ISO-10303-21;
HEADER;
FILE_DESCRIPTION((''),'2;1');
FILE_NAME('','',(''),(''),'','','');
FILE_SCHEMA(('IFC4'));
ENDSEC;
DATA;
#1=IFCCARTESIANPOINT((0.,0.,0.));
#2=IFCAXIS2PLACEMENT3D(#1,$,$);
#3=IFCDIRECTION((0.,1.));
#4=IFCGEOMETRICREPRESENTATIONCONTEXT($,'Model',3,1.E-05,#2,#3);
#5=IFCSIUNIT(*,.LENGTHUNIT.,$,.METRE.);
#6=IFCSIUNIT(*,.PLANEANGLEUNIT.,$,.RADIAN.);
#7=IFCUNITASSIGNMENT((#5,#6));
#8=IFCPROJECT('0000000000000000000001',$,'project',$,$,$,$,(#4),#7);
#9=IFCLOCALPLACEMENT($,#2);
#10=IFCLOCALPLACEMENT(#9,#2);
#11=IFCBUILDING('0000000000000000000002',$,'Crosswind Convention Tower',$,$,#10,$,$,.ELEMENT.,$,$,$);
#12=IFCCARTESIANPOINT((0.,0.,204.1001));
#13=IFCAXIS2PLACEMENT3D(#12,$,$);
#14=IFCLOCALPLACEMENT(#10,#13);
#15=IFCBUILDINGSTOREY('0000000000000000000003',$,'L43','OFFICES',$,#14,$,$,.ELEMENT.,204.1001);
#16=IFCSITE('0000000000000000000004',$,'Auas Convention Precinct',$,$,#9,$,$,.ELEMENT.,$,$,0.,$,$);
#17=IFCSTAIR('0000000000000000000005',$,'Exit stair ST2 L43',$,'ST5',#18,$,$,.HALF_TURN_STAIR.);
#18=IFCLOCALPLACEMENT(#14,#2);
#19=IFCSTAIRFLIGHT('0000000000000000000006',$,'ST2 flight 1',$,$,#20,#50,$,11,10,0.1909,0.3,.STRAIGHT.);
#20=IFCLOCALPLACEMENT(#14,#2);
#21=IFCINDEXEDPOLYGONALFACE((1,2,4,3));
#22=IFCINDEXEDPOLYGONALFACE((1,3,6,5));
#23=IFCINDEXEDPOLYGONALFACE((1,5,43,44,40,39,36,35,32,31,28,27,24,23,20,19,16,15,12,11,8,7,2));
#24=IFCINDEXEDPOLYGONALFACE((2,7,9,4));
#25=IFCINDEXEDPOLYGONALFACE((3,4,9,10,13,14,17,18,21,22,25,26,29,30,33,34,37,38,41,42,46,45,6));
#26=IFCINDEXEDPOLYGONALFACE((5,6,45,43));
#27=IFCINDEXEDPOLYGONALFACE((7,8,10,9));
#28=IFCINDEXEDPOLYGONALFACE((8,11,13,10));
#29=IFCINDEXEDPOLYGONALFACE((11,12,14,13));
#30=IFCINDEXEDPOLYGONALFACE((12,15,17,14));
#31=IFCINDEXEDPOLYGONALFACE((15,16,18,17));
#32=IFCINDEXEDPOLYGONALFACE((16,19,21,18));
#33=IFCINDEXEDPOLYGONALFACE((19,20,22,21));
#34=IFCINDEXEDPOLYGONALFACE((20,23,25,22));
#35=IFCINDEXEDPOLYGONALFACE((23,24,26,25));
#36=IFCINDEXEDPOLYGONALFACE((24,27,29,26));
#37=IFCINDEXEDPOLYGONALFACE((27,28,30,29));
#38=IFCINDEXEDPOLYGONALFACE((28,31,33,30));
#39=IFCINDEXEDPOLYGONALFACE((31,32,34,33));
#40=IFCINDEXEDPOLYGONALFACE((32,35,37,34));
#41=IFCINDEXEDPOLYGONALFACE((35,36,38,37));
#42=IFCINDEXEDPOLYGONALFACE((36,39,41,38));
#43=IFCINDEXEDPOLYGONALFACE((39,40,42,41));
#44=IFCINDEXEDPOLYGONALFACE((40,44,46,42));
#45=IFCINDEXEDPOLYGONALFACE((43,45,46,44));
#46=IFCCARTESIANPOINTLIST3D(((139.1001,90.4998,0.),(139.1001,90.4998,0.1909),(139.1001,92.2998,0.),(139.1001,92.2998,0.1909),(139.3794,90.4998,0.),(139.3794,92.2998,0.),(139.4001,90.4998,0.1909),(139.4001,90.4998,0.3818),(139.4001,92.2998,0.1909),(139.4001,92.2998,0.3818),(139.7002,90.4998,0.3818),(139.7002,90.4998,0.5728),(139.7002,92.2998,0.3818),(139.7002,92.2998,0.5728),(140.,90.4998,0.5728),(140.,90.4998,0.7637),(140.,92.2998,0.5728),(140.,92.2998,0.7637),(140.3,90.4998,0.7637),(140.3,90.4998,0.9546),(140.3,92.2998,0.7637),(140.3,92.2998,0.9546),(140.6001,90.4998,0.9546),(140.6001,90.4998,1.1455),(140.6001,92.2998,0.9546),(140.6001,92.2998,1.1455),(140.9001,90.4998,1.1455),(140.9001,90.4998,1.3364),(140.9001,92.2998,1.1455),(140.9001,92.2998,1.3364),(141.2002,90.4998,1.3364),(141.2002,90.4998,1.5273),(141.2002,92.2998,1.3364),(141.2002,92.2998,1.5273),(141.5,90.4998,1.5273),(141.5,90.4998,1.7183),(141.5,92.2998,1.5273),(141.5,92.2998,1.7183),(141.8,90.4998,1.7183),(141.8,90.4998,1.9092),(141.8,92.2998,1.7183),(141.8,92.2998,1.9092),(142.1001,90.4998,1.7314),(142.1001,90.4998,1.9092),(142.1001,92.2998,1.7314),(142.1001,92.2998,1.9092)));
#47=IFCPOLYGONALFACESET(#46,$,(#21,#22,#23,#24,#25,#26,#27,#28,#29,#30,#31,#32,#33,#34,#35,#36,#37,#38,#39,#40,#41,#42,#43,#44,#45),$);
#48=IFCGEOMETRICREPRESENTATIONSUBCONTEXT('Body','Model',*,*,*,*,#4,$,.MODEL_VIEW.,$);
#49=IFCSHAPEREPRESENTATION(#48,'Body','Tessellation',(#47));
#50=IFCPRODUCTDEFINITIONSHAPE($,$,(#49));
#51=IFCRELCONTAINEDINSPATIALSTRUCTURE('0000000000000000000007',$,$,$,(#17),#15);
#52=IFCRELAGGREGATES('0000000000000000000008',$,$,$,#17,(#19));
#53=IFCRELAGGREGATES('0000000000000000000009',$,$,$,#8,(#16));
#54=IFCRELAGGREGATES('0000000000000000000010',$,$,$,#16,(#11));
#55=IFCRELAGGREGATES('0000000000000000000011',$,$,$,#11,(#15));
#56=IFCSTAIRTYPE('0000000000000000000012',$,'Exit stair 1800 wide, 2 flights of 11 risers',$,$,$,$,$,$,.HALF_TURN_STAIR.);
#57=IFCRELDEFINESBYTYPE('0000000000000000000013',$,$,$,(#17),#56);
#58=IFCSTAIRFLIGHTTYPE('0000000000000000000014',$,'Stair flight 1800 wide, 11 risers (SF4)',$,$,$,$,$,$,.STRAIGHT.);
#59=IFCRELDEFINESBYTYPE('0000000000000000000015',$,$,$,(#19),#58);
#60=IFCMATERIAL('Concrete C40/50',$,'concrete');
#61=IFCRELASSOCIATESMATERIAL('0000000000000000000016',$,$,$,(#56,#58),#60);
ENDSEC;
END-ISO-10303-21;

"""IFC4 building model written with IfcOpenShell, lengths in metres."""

from ifc_helpers import new_model, si_unit, direction, frame, origin, place, context, subcontext, project, spatial, polyline, outline, extrude, material, type_object, element, aggregate, save


model = new_model("IFC4")

# Units and contexts
model_context = context("Model", 3, precision=1e-05, world=origin(), true_north=direction((0.0, 1.0)))
body_context = subcontext(model_context, "Body", "Model", "MODEL_VIEW")
ifc_project = project(units=[si_unit("LENGTHUNIT", "METRE"), si_unit("PLANEANGLEUNIT", "RADIAN")], contexts=[model_context])

# Site, building, storey
site_placement = place(None, origin())
site = spatial("IfcSite", under=ifc_project, at=site_placement, Name="Auas Convention Precinct", CompositionType="ELEMENT", RefElevation=0.0)
building_placement = place(site_placement, origin())
building = spatial("IfcBuilding", under=site, at=building_placement, Name="Crosswind Convention Tower", CompositionType="ELEMENT")
storey_placement = place(building_placement, frame((0.0, 0.0, 204.1001)))
storey = spatial("IfcBuildingStorey", under=building, at=storey_placement, Name="L43", Description="OFFICES", CompositionType="ELEMENT", Elevation=204.1001)

# Stair, stair flight
ifc_material_1 = material(Name="Concrete C40/50", Category="concrete")
stair_type = type_object("IfcStairType", Name="Exit stair 1800 wide, 2 flights of 11 risers", PredefinedType="HALF_TURN_STAIR", material=ifc_material_1)
stair_placement = place(storey_placement, origin())
stair = element("IfcStair", 1, at=stair_placement, inside=storey, type_object=stair_type, Name="Exit stair ST2 L43", ObjectType="ST5", PredefinedType="HALF_TURN_STAIR")
stair_flight_type = type_object("IfcStairFlightType", Name="Stair flight 1800 wide, 11 risers (SF4)", PredefinedType="STRAIGHT", material=ifc_material_1)
stair_flight_placement = place(storey_placement, frame((139.1001, 91.3999, 0.0), z_axis=(0.0, 0.0, 1.0), x_axis=(1.0, 0.0, 0.0)))
stair_flight = element("IfcStairFlight", 2, at=stair_flight_placement, type_object=stair_flight_type, Name="ST2 flight 1", NumberOfRisers=11, NumberOfTreads=10, PredefinedType="STRAIGHT", RiserHeight=0.1909, TreadLength=0.3, context=body_context, shape_type="SweptSolid", body=[
    extrude(outline(polyline([(0.0, 0.0), (0.0, 0.1909), (0.3, 0.1909), (0.3, 0.3818), (0.6001, 0.3818), (0.6001, 0.5728), (0.8999, 0.5728), (0.8999, 0.7637), (1.2, 0.7637), (1.2, 0.9546), (1.5, 0.9546), (1.5, 1.1455), (1.8, 1.1455), (1.8, 1.3364), (2.1001, 1.3364), (2.1001, 1.5273), (2.3999, 1.5273), (2.3999, 1.7183), (2.7, 1.7183), (2.7, 1.9092), (3.0, 1.9092), (3.0, 2.1001), (3.0, 1.7314), (0.2793, 0.0), (0.0, 0.0)])), frame((0.0, 0.8999, 0.0), z_axis=(0.0, -1.0, 0.0), x_axis=(1.0, 0.0, 0.0)), (0.0, 0.0, 1.0), 1.8),
])
aggregate(stair, [stair_flight])

save(model, "model.ifc")
